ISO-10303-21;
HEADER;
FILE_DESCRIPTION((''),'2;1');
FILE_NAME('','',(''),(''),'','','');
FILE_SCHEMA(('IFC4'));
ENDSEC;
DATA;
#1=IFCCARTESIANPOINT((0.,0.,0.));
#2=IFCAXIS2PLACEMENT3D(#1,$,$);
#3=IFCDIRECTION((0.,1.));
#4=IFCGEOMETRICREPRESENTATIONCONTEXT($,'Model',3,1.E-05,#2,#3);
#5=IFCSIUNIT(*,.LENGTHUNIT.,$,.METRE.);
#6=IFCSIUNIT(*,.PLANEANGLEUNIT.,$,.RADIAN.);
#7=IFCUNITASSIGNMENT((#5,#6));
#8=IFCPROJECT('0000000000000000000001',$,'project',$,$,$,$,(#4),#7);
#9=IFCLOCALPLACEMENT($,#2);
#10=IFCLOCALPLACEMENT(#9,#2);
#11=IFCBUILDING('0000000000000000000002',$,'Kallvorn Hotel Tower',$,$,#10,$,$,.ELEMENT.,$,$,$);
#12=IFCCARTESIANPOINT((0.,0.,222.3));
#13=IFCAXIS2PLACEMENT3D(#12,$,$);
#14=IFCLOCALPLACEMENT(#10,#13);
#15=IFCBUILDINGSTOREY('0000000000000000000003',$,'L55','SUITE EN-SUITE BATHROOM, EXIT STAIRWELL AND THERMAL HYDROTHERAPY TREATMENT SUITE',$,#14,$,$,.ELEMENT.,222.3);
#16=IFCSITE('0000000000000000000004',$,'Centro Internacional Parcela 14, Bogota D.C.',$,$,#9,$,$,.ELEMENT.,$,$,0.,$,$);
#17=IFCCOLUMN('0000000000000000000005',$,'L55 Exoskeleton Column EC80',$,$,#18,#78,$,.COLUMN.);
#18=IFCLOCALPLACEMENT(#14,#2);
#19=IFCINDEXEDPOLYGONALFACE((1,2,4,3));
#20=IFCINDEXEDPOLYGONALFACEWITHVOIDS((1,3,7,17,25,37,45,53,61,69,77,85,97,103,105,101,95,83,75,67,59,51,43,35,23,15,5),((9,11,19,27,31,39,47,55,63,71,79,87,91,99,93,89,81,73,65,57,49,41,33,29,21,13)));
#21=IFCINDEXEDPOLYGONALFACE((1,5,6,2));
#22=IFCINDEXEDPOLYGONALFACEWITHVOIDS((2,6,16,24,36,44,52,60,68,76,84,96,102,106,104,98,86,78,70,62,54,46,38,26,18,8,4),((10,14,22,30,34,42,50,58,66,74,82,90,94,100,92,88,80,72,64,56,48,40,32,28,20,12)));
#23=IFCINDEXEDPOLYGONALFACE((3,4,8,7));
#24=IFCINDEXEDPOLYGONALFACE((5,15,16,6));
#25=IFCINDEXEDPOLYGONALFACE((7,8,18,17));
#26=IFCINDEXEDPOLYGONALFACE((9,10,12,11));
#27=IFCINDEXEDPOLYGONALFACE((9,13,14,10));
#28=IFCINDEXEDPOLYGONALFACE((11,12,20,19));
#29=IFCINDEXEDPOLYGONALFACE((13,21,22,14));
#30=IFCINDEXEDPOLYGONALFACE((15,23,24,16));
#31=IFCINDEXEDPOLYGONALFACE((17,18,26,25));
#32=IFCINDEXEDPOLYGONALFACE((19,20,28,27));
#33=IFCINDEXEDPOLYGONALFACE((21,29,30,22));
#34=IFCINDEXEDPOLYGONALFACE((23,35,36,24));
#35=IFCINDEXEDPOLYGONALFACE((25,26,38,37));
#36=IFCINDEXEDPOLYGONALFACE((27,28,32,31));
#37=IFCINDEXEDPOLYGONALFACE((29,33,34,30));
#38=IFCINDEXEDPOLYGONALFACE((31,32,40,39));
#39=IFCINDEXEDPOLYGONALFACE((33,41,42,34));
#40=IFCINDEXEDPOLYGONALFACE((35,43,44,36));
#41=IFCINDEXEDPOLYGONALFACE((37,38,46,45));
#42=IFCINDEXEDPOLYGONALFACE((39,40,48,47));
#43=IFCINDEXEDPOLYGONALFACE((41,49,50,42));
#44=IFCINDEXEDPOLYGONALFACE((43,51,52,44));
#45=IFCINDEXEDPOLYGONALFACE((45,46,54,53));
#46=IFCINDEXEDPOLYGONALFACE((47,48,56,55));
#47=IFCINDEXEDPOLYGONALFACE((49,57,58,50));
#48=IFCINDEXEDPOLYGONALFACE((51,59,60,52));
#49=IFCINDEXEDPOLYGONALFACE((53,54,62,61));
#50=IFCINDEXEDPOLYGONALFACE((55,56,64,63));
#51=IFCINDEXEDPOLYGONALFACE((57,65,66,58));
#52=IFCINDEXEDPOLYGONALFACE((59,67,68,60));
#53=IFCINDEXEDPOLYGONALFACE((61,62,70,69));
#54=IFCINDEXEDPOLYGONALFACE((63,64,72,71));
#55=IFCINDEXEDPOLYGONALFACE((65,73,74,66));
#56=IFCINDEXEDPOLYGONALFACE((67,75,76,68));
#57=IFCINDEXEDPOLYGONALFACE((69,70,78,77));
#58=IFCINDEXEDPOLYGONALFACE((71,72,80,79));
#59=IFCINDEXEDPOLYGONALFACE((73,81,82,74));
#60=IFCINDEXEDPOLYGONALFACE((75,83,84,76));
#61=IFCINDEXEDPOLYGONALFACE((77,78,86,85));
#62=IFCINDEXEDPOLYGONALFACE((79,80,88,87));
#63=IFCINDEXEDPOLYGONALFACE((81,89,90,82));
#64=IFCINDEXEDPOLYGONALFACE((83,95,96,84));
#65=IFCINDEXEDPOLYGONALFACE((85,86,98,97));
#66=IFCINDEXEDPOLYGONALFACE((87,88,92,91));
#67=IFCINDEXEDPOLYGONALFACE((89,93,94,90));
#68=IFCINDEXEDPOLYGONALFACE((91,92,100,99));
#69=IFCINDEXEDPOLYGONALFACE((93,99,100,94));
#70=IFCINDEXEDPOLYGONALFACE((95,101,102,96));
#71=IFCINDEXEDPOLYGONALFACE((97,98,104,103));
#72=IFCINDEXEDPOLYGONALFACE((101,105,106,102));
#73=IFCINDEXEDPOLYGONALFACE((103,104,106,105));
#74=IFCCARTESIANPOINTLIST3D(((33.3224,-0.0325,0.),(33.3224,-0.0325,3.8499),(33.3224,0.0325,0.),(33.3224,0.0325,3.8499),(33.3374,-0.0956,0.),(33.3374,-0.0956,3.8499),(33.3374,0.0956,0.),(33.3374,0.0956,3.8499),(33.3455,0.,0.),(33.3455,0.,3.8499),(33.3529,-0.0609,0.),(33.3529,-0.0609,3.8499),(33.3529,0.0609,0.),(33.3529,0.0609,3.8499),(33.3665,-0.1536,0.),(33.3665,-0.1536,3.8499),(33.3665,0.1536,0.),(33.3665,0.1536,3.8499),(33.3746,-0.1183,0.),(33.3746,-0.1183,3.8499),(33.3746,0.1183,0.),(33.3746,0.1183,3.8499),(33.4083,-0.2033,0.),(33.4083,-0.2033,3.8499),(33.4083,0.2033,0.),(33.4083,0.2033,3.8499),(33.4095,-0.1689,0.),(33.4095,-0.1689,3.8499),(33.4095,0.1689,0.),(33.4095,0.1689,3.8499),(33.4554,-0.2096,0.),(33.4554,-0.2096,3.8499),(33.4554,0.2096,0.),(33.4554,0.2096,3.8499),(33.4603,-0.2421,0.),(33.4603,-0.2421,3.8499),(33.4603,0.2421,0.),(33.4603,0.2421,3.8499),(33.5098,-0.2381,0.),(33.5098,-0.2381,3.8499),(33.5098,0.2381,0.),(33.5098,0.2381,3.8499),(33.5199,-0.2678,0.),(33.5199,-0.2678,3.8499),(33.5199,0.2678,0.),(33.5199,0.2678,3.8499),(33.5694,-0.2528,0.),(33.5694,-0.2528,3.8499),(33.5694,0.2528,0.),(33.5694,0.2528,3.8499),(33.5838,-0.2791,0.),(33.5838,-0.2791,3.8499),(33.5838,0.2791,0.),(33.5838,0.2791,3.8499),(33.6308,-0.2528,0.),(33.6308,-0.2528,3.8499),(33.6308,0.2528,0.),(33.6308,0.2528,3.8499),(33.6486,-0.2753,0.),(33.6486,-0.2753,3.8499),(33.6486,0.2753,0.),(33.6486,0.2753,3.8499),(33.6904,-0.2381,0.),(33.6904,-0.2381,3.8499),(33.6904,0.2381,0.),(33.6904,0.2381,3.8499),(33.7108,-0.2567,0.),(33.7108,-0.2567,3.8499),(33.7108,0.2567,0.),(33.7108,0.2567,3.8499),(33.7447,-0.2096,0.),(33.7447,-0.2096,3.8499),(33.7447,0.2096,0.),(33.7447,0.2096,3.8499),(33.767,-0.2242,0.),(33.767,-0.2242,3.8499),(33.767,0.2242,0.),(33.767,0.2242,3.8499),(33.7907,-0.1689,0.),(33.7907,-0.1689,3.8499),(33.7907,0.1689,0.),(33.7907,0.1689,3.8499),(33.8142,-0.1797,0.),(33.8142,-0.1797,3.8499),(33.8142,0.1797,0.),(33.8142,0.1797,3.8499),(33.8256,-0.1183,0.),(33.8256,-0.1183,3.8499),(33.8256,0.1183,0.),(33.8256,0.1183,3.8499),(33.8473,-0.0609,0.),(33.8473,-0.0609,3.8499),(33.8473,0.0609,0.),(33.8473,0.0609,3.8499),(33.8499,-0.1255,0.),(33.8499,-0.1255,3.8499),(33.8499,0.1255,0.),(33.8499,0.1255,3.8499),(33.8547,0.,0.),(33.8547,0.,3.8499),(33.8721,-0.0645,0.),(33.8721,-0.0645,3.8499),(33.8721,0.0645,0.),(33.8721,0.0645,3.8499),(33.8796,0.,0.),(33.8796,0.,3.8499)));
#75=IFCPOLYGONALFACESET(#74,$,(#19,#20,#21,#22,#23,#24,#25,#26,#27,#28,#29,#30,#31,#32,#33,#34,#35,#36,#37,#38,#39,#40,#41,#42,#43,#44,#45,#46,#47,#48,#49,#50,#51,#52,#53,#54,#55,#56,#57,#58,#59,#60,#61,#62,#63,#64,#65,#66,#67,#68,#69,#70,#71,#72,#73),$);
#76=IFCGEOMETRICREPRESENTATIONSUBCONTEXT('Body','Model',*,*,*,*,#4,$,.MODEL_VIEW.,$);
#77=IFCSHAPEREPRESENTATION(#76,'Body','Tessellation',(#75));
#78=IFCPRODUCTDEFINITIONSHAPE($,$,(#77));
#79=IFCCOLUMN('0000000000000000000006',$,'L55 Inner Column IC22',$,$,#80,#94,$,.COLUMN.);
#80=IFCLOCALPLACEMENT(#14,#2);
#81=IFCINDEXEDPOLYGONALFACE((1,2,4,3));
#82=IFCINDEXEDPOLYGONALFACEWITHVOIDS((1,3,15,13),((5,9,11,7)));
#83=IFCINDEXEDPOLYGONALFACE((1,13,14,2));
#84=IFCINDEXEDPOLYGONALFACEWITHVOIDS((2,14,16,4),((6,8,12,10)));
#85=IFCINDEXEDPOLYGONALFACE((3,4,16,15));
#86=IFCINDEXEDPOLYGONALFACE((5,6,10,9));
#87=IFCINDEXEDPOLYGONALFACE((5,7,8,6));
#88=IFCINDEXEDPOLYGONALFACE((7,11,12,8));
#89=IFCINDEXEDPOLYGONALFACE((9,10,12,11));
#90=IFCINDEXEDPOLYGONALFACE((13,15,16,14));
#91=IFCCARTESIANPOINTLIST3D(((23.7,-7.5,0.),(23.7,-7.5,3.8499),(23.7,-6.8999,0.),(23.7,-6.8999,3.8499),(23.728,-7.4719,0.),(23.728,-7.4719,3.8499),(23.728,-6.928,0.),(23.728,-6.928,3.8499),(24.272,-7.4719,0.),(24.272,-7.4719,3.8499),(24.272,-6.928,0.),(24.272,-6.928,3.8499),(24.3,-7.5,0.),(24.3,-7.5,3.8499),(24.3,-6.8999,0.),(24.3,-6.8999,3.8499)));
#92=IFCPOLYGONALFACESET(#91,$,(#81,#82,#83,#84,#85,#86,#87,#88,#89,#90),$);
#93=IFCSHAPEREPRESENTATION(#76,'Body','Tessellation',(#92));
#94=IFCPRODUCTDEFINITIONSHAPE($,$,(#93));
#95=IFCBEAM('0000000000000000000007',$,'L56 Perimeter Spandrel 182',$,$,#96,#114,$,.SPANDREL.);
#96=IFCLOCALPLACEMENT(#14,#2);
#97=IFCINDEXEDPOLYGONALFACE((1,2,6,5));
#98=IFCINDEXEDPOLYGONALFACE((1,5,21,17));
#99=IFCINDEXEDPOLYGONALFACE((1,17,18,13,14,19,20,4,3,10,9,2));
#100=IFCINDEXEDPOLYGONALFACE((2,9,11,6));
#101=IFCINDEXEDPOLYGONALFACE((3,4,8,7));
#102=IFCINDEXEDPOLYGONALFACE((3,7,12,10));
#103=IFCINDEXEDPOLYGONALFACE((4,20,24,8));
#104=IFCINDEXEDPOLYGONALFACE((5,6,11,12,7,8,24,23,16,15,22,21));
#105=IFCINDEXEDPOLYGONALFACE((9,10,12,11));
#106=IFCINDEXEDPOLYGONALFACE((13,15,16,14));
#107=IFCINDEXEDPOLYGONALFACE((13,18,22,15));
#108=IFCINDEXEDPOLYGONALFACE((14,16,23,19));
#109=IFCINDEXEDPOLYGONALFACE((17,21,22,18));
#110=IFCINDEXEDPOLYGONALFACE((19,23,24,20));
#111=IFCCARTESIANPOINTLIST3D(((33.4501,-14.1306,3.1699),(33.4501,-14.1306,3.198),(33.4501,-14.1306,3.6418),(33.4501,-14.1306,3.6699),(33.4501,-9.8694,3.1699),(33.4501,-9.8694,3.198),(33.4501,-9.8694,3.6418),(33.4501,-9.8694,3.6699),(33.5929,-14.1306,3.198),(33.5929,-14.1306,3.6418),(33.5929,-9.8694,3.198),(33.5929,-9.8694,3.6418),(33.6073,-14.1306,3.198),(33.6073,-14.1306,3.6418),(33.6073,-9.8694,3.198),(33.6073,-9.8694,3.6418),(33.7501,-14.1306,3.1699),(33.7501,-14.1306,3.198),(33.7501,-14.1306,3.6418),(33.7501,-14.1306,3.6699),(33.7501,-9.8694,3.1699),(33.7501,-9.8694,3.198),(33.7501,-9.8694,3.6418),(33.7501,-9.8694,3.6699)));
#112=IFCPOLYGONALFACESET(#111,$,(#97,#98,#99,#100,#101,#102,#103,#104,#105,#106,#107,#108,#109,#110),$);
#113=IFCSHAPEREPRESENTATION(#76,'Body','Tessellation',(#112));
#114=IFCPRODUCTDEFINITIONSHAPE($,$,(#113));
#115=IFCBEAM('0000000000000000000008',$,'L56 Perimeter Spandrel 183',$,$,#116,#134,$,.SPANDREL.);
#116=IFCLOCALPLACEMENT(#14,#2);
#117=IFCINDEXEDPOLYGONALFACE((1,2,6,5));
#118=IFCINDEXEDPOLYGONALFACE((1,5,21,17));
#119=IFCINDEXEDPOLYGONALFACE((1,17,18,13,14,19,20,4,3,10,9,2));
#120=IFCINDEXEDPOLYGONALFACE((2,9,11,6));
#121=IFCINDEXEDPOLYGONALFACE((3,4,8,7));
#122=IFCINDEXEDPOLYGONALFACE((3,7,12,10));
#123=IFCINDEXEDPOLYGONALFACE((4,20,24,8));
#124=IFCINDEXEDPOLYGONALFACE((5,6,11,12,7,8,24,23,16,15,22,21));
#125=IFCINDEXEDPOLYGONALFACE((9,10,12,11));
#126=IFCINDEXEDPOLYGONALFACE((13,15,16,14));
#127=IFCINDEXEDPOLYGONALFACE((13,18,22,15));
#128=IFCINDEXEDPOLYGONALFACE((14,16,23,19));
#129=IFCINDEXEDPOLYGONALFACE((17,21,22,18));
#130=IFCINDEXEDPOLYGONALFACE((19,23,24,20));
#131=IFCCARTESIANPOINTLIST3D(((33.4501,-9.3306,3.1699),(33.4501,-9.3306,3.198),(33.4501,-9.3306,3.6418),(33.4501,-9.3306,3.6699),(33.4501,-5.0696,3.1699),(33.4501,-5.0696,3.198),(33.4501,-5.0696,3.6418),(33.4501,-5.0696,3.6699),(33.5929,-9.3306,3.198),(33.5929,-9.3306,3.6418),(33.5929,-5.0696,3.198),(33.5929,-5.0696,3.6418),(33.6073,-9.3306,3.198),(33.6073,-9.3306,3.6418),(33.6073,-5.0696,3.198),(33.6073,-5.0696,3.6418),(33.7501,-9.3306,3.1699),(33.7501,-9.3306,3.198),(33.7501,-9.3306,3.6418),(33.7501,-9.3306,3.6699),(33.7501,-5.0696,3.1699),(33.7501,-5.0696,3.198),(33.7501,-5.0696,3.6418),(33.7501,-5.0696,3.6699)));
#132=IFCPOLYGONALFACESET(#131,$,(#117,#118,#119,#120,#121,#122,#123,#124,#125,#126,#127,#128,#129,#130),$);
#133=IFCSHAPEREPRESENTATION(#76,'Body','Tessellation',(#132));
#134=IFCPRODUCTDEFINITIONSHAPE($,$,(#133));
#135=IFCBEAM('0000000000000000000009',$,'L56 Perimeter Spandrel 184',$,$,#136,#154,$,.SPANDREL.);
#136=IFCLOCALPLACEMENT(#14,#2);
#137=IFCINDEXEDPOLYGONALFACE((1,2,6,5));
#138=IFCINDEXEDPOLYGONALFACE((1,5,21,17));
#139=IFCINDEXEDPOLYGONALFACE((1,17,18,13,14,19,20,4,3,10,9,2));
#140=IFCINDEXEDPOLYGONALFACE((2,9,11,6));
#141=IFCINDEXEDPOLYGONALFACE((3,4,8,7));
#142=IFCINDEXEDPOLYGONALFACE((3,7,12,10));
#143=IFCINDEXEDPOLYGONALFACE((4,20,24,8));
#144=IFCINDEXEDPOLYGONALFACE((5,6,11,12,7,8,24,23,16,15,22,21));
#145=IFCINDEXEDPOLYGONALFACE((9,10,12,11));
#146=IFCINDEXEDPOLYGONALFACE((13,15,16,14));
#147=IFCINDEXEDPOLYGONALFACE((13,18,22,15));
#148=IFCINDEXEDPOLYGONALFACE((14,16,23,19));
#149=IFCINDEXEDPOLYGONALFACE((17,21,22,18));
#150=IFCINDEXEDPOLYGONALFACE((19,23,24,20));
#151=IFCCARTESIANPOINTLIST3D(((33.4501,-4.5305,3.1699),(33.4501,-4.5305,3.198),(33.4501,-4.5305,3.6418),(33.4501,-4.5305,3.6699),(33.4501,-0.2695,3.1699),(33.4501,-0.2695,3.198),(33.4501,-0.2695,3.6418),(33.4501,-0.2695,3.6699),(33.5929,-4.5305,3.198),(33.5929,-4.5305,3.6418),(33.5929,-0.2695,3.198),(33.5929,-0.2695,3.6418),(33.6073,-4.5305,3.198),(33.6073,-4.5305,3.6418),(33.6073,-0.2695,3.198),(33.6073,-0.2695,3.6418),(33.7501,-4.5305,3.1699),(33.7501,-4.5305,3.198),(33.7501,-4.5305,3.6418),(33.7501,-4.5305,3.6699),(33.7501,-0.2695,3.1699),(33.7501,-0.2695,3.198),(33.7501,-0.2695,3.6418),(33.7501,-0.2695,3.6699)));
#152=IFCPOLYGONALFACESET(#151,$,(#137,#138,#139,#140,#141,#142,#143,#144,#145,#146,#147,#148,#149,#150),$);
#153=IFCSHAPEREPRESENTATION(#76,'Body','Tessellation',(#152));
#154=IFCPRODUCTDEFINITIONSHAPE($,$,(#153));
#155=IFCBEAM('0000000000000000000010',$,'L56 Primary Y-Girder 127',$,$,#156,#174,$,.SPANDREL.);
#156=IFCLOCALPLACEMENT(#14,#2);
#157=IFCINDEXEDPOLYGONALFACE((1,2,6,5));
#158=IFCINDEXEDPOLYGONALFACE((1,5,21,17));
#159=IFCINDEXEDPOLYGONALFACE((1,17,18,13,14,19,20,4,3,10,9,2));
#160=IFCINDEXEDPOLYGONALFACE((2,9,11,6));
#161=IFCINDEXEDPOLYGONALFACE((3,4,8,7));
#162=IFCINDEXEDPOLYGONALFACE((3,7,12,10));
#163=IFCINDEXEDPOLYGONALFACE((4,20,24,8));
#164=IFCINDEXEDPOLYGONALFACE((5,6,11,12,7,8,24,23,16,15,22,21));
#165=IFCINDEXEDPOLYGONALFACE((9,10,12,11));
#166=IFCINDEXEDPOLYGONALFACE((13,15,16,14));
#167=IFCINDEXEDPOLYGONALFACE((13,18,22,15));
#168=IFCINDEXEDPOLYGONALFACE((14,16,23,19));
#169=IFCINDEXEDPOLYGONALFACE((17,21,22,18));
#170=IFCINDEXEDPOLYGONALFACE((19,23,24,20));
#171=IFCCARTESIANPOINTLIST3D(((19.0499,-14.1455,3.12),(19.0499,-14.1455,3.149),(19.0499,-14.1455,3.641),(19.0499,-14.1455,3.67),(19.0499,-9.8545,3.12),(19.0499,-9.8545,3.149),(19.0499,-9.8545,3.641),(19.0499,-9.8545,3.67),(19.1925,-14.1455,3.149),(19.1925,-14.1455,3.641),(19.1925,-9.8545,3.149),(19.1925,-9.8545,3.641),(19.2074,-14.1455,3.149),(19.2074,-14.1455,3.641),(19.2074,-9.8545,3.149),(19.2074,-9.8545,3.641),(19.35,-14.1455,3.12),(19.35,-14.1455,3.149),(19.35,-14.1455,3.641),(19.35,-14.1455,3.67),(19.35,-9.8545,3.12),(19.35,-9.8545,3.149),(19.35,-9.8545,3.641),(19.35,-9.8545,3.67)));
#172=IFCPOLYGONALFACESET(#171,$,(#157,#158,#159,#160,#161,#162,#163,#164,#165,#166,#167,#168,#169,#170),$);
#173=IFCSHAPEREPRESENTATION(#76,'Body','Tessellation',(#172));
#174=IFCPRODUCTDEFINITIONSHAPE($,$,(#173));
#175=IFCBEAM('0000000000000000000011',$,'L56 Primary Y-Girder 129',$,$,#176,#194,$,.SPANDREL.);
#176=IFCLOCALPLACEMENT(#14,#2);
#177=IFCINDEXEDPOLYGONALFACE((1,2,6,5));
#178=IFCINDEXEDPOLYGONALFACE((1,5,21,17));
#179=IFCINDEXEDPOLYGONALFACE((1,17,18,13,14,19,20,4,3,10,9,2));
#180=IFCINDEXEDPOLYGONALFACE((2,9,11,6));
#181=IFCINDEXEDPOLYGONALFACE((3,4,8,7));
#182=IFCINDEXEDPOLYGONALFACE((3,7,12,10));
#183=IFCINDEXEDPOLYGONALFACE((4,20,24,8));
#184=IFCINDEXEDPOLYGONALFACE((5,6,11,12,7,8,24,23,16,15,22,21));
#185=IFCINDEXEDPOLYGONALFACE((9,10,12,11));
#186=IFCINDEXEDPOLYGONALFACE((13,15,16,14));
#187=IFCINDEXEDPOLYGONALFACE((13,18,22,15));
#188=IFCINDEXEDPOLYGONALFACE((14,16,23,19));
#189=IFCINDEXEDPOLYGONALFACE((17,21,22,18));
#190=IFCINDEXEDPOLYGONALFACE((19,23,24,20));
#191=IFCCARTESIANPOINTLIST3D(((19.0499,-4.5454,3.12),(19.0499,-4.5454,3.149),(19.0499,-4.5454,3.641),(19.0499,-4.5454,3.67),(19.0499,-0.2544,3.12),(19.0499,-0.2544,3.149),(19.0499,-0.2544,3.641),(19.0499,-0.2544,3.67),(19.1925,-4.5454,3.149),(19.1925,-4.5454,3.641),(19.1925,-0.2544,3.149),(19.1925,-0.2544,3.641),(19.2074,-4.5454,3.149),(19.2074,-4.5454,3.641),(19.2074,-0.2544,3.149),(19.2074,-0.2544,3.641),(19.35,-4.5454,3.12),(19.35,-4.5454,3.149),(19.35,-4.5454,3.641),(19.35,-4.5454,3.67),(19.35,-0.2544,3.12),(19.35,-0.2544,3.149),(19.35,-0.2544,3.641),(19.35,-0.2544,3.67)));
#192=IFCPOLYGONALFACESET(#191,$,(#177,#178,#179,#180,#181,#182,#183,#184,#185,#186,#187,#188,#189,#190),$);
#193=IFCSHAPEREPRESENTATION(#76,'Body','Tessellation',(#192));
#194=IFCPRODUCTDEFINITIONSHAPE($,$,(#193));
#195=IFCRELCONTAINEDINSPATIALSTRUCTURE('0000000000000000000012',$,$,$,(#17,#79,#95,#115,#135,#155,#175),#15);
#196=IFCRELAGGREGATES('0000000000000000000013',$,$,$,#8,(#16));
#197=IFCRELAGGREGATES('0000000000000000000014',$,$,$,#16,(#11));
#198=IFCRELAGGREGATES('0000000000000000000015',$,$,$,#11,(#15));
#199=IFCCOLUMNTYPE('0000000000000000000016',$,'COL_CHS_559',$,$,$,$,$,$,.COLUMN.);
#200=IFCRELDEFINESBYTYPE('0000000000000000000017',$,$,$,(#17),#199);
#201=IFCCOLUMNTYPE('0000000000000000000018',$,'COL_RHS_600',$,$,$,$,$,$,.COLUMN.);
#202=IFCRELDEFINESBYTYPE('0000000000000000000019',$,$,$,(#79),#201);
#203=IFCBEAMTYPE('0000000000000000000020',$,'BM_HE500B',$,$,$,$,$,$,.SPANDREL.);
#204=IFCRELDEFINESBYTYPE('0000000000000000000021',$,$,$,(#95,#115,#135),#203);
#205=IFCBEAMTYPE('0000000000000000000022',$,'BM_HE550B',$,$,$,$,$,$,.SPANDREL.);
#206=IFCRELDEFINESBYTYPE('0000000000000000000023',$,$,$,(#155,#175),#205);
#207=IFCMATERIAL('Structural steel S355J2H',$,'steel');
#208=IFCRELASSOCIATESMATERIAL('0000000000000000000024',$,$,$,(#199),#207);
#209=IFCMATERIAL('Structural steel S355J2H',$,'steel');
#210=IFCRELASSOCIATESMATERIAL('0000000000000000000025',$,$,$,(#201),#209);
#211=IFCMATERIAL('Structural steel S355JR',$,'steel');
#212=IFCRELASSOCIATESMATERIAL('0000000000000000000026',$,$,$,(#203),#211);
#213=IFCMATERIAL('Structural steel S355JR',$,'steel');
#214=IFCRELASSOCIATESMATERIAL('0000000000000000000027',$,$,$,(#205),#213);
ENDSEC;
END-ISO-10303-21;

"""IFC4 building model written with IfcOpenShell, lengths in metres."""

from ifc_helpers import new_model, si_unit, direction, frame, origin, origin_2d, place, context, subcontext, project, spatial, hollow_rectangle, hollow_circle, i_section, extrude, material, material_profile, profile_set, type_object, element, save


model = new_model("IFC4")

# Units and contexts
model_context = context("Model", 3, precision=1e-05, world=origin(), true_north=direction((0.0, 1.0)))
body_context = subcontext(model_context, "Body", "Model", "MODEL_VIEW")
ifc_project = project(units=[si_unit("LENGTHUNIT", "METRE"), si_unit("PLANEANGLEUNIT", "RADIAN")], contexts=[model_context])

# Site, building, storey
site_placement = place(None, origin())
site = spatial("IfcSite", under=ifc_project, at=site_placement, Name="Centro Internacional Parcela 14, Bogota D.C.", CompositionType="ELEMENT", RefElevation=0.0)
building_placement = place(site_placement, origin())
building = spatial("IfcBuilding", under=site, at=building_placement, Name="Kallvorn Hotel Tower", CompositionType="ELEMENT")
storey_placement = place(building_placement, frame((0.0, 0.0, 222.3)))
storey = spatial("IfcBuildingStorey", under=building, at=storey_placement, Name="L55", Description="SUITE EN-SUITE BATHROOM, EXIT STAIRWELL AND THERMAL HYDROTHERAPY TREATMENT SUITE", CompositionType="ELEMENT", Elevation=222.3)

# Columns
ifc_material_1 = material(Name="Structural steel S355J2H", Category="steel")
ifc_material_profile_1 = material_profile(ifc_material_1, hollow_circle(Radius=0.2795, WallThickness=0.0249, at=origin_2d()), Name="CHS 559x25")
ifc_profile_set_1 = profile_set([ifc_material_profile_1], Name="Structural steel S355J2H")
column_type_1 = type_object("IfcColumnType", Name="COL_CHS_559", PredefinedType="COLUMN", material=ifc_profile_set_1)
for number, where, z_axis, x_axis, name in (
    (1, (33.6001, 0.0, 0.0), (0.0, 0.0, 1.0), (1.0, 0.0, 0.0), "L55 Exoskeleton Column EC80"),
):
    element("IfcColumn", number, at=place(storey_placement, frame(where, z_axis=z_axis, x_axis=x_axis)), inside=storey, type_object=column_type_1, Name=name, PredefinedType="COLUMN", context=body_context, shape_type="SweptSolid", body=[
        extrude(hollow_circle(Radius=0.2795, WallThickness=0.0249, at=origin_2d()), origin(), (0.0, 0.0, 1.0), 3.8499),
    ])
ifc_material_2 = material(Name="Structural steel S355J2H", Category="steel")
ifc_material_profile_2 = material_profile(ifc_material_2, hollow_rectangle(XDim=0.6001, YDim=0.6001, WallThickness=0.0281, at=origin_2d()), Name="RHS 600x600x28")
ifc_profile_set_2 = profile_set([ifc_material_profile_2], Name="Structural steel S355J2H")
column_type_2 = type_object("IfcColumnType", Name="COL_RHS_600", PredefinedType="COLUMN", material=ifc_profile_set_2)
column_placement = place(storey_placement, frame((24.0, -7.2, 0.0), z_axis=(0.0, 0.0, 1.0), x_axis=(1.0, 0.0, 0.0)))
element("IfcColumn", 2, at=column_placement, inside=storey, type_object=column_type_2, Name="L55 Inner Column IC22", PredefinedType="COLUMN", context=body_context, shape_type="SweptSolid", body=[
    extrude(hollow_rectangle(XDim=0.6001, YDim=0.6001, WallThickness=0.0281, at=origin_2d()), origin(), (0.0, 0.0, 1.0), 3.8499),
])

# Beams
ifc_material_3 = material(Name="Structural steel S355JR", Category="steel")
ifc_material_profile_3 = material_profile(ifc_material_3, i_section(OverallWidth=0.3, OverallDepth=0.5, WebThickness=0.0144, FlangeThickness=0.0281, at=origin_2d()), Name="HE 500 B")
ifc_profile_set_3 = profile_set([ifc_material_profile_3], Name="Structural steel S355JR")
beam_type_1 = type_object("IfcBeamType", Name="BM_HE500B", PredefinedType="SPANDREL", material=ifc_profile_set_3)
beam_1_placement = place(storey_placement, frame((33.6001, -14.1306, 3.4199), z_axis=(0.0, 1.0, 0.0), x_axis=(-1.0, 0.0, 0.0)))
element("IfcBeam", 3, at=beam_1_placement, inside=storey, type_object=beam_type_1, Name="L56 Perimeter Spandrel 182", PredefinedType="SPANDREL", context=body_context, shape_type="SweptSolid", body=[
    extrude(i_section(OverallWidth=0.3, OverallDepth=0.5, WebThickness=0.0144, FlangeThickness=0.0281, at=origin_2d()), origin(), (0.0, 0.0, 1.0), 4.2612),
])
for number, where, z_axis, x_axis, name in (
    (4, (33.6001, -9.3306, 3.4199), (0.0, 1.0, 0.0), (-1.0, 0.0, 0.0), "L56 Perimeter Spandrel 183"),
    (5, (33.6001, -4.5305, 3.4199), (0.0, 1.0, 0.0), (-1.0, 0.0, 0.0), "L56 Perimeter Spandrel 184"),
):
    element("IfcBeam", number, at=place(storey_placement, frame(where, z_axis=z_axis, x_axis=x_axis)), inside=storey, type_object=beam_type_1, Name=name, PredefinedType="SPANDREL", context=body_context, shape_type="SweptSolid", body=[
        extrude(i_section(OverallWidth=0.3, OverallDepth=0.5, WebThickness=0.0144, FlangeThickness=0.0281, at=origin_2d()), origin(), (0.0, 0.0, 1.0), 4.261),
    ])
ifc_material_4 = material(Name="Structural steel S355JR", Category="steel")
ifc_material_profile_4 = material_profile(ifc_material_4, i_section(OverallWidth=0.3, OverallDepth=0.55, WebThickness=0.0149, FlangeThickness=0.0291, at=origin_2d()), Name="HE 550 B")
ifc_profile_set_4 = profile_set([ifc_material_profile_4], Name="Structural steel S355JR")
beam_type_2 = type_object("IfcBeamType", Name="BM_HE550B", PredefinedType="SPANDREL", material=ifc_profile_set_4)
for number, where, z_axis, x_axis, name in (
    (6, (19.2, -14.1455, 3.395), (0.0, 1.0, 0.0), (-1.0, 0.0, 0.0), "L56 Primary Y-Girder 127"),
    (7, (19.2, -4.5454, 3.395), (0.0, 1.0, 0.0), (-1.0, 0.0, 0.0), "L56 Primary Y-Girder 129"),
):
    element("IfcBeam", number, at=place(storey_placement, frame(where, z_axis=z_axis, x_axis=x_axis)), inside=storey, type_object=beam_type_2, Name=name, PredefinedType="SPANDREL", context=body_context, shape_type="SweptSolid", body=[
        extrude(i_section(OverallWidth=0.3, OverallDepth=0.55, WebThickness=0.0149, FlangeThickness=0.0291, at=origin_2d()), origin(), (0.0, 0.0, 1.0), 4.291),
    ])

save(model, "model.ifc")
